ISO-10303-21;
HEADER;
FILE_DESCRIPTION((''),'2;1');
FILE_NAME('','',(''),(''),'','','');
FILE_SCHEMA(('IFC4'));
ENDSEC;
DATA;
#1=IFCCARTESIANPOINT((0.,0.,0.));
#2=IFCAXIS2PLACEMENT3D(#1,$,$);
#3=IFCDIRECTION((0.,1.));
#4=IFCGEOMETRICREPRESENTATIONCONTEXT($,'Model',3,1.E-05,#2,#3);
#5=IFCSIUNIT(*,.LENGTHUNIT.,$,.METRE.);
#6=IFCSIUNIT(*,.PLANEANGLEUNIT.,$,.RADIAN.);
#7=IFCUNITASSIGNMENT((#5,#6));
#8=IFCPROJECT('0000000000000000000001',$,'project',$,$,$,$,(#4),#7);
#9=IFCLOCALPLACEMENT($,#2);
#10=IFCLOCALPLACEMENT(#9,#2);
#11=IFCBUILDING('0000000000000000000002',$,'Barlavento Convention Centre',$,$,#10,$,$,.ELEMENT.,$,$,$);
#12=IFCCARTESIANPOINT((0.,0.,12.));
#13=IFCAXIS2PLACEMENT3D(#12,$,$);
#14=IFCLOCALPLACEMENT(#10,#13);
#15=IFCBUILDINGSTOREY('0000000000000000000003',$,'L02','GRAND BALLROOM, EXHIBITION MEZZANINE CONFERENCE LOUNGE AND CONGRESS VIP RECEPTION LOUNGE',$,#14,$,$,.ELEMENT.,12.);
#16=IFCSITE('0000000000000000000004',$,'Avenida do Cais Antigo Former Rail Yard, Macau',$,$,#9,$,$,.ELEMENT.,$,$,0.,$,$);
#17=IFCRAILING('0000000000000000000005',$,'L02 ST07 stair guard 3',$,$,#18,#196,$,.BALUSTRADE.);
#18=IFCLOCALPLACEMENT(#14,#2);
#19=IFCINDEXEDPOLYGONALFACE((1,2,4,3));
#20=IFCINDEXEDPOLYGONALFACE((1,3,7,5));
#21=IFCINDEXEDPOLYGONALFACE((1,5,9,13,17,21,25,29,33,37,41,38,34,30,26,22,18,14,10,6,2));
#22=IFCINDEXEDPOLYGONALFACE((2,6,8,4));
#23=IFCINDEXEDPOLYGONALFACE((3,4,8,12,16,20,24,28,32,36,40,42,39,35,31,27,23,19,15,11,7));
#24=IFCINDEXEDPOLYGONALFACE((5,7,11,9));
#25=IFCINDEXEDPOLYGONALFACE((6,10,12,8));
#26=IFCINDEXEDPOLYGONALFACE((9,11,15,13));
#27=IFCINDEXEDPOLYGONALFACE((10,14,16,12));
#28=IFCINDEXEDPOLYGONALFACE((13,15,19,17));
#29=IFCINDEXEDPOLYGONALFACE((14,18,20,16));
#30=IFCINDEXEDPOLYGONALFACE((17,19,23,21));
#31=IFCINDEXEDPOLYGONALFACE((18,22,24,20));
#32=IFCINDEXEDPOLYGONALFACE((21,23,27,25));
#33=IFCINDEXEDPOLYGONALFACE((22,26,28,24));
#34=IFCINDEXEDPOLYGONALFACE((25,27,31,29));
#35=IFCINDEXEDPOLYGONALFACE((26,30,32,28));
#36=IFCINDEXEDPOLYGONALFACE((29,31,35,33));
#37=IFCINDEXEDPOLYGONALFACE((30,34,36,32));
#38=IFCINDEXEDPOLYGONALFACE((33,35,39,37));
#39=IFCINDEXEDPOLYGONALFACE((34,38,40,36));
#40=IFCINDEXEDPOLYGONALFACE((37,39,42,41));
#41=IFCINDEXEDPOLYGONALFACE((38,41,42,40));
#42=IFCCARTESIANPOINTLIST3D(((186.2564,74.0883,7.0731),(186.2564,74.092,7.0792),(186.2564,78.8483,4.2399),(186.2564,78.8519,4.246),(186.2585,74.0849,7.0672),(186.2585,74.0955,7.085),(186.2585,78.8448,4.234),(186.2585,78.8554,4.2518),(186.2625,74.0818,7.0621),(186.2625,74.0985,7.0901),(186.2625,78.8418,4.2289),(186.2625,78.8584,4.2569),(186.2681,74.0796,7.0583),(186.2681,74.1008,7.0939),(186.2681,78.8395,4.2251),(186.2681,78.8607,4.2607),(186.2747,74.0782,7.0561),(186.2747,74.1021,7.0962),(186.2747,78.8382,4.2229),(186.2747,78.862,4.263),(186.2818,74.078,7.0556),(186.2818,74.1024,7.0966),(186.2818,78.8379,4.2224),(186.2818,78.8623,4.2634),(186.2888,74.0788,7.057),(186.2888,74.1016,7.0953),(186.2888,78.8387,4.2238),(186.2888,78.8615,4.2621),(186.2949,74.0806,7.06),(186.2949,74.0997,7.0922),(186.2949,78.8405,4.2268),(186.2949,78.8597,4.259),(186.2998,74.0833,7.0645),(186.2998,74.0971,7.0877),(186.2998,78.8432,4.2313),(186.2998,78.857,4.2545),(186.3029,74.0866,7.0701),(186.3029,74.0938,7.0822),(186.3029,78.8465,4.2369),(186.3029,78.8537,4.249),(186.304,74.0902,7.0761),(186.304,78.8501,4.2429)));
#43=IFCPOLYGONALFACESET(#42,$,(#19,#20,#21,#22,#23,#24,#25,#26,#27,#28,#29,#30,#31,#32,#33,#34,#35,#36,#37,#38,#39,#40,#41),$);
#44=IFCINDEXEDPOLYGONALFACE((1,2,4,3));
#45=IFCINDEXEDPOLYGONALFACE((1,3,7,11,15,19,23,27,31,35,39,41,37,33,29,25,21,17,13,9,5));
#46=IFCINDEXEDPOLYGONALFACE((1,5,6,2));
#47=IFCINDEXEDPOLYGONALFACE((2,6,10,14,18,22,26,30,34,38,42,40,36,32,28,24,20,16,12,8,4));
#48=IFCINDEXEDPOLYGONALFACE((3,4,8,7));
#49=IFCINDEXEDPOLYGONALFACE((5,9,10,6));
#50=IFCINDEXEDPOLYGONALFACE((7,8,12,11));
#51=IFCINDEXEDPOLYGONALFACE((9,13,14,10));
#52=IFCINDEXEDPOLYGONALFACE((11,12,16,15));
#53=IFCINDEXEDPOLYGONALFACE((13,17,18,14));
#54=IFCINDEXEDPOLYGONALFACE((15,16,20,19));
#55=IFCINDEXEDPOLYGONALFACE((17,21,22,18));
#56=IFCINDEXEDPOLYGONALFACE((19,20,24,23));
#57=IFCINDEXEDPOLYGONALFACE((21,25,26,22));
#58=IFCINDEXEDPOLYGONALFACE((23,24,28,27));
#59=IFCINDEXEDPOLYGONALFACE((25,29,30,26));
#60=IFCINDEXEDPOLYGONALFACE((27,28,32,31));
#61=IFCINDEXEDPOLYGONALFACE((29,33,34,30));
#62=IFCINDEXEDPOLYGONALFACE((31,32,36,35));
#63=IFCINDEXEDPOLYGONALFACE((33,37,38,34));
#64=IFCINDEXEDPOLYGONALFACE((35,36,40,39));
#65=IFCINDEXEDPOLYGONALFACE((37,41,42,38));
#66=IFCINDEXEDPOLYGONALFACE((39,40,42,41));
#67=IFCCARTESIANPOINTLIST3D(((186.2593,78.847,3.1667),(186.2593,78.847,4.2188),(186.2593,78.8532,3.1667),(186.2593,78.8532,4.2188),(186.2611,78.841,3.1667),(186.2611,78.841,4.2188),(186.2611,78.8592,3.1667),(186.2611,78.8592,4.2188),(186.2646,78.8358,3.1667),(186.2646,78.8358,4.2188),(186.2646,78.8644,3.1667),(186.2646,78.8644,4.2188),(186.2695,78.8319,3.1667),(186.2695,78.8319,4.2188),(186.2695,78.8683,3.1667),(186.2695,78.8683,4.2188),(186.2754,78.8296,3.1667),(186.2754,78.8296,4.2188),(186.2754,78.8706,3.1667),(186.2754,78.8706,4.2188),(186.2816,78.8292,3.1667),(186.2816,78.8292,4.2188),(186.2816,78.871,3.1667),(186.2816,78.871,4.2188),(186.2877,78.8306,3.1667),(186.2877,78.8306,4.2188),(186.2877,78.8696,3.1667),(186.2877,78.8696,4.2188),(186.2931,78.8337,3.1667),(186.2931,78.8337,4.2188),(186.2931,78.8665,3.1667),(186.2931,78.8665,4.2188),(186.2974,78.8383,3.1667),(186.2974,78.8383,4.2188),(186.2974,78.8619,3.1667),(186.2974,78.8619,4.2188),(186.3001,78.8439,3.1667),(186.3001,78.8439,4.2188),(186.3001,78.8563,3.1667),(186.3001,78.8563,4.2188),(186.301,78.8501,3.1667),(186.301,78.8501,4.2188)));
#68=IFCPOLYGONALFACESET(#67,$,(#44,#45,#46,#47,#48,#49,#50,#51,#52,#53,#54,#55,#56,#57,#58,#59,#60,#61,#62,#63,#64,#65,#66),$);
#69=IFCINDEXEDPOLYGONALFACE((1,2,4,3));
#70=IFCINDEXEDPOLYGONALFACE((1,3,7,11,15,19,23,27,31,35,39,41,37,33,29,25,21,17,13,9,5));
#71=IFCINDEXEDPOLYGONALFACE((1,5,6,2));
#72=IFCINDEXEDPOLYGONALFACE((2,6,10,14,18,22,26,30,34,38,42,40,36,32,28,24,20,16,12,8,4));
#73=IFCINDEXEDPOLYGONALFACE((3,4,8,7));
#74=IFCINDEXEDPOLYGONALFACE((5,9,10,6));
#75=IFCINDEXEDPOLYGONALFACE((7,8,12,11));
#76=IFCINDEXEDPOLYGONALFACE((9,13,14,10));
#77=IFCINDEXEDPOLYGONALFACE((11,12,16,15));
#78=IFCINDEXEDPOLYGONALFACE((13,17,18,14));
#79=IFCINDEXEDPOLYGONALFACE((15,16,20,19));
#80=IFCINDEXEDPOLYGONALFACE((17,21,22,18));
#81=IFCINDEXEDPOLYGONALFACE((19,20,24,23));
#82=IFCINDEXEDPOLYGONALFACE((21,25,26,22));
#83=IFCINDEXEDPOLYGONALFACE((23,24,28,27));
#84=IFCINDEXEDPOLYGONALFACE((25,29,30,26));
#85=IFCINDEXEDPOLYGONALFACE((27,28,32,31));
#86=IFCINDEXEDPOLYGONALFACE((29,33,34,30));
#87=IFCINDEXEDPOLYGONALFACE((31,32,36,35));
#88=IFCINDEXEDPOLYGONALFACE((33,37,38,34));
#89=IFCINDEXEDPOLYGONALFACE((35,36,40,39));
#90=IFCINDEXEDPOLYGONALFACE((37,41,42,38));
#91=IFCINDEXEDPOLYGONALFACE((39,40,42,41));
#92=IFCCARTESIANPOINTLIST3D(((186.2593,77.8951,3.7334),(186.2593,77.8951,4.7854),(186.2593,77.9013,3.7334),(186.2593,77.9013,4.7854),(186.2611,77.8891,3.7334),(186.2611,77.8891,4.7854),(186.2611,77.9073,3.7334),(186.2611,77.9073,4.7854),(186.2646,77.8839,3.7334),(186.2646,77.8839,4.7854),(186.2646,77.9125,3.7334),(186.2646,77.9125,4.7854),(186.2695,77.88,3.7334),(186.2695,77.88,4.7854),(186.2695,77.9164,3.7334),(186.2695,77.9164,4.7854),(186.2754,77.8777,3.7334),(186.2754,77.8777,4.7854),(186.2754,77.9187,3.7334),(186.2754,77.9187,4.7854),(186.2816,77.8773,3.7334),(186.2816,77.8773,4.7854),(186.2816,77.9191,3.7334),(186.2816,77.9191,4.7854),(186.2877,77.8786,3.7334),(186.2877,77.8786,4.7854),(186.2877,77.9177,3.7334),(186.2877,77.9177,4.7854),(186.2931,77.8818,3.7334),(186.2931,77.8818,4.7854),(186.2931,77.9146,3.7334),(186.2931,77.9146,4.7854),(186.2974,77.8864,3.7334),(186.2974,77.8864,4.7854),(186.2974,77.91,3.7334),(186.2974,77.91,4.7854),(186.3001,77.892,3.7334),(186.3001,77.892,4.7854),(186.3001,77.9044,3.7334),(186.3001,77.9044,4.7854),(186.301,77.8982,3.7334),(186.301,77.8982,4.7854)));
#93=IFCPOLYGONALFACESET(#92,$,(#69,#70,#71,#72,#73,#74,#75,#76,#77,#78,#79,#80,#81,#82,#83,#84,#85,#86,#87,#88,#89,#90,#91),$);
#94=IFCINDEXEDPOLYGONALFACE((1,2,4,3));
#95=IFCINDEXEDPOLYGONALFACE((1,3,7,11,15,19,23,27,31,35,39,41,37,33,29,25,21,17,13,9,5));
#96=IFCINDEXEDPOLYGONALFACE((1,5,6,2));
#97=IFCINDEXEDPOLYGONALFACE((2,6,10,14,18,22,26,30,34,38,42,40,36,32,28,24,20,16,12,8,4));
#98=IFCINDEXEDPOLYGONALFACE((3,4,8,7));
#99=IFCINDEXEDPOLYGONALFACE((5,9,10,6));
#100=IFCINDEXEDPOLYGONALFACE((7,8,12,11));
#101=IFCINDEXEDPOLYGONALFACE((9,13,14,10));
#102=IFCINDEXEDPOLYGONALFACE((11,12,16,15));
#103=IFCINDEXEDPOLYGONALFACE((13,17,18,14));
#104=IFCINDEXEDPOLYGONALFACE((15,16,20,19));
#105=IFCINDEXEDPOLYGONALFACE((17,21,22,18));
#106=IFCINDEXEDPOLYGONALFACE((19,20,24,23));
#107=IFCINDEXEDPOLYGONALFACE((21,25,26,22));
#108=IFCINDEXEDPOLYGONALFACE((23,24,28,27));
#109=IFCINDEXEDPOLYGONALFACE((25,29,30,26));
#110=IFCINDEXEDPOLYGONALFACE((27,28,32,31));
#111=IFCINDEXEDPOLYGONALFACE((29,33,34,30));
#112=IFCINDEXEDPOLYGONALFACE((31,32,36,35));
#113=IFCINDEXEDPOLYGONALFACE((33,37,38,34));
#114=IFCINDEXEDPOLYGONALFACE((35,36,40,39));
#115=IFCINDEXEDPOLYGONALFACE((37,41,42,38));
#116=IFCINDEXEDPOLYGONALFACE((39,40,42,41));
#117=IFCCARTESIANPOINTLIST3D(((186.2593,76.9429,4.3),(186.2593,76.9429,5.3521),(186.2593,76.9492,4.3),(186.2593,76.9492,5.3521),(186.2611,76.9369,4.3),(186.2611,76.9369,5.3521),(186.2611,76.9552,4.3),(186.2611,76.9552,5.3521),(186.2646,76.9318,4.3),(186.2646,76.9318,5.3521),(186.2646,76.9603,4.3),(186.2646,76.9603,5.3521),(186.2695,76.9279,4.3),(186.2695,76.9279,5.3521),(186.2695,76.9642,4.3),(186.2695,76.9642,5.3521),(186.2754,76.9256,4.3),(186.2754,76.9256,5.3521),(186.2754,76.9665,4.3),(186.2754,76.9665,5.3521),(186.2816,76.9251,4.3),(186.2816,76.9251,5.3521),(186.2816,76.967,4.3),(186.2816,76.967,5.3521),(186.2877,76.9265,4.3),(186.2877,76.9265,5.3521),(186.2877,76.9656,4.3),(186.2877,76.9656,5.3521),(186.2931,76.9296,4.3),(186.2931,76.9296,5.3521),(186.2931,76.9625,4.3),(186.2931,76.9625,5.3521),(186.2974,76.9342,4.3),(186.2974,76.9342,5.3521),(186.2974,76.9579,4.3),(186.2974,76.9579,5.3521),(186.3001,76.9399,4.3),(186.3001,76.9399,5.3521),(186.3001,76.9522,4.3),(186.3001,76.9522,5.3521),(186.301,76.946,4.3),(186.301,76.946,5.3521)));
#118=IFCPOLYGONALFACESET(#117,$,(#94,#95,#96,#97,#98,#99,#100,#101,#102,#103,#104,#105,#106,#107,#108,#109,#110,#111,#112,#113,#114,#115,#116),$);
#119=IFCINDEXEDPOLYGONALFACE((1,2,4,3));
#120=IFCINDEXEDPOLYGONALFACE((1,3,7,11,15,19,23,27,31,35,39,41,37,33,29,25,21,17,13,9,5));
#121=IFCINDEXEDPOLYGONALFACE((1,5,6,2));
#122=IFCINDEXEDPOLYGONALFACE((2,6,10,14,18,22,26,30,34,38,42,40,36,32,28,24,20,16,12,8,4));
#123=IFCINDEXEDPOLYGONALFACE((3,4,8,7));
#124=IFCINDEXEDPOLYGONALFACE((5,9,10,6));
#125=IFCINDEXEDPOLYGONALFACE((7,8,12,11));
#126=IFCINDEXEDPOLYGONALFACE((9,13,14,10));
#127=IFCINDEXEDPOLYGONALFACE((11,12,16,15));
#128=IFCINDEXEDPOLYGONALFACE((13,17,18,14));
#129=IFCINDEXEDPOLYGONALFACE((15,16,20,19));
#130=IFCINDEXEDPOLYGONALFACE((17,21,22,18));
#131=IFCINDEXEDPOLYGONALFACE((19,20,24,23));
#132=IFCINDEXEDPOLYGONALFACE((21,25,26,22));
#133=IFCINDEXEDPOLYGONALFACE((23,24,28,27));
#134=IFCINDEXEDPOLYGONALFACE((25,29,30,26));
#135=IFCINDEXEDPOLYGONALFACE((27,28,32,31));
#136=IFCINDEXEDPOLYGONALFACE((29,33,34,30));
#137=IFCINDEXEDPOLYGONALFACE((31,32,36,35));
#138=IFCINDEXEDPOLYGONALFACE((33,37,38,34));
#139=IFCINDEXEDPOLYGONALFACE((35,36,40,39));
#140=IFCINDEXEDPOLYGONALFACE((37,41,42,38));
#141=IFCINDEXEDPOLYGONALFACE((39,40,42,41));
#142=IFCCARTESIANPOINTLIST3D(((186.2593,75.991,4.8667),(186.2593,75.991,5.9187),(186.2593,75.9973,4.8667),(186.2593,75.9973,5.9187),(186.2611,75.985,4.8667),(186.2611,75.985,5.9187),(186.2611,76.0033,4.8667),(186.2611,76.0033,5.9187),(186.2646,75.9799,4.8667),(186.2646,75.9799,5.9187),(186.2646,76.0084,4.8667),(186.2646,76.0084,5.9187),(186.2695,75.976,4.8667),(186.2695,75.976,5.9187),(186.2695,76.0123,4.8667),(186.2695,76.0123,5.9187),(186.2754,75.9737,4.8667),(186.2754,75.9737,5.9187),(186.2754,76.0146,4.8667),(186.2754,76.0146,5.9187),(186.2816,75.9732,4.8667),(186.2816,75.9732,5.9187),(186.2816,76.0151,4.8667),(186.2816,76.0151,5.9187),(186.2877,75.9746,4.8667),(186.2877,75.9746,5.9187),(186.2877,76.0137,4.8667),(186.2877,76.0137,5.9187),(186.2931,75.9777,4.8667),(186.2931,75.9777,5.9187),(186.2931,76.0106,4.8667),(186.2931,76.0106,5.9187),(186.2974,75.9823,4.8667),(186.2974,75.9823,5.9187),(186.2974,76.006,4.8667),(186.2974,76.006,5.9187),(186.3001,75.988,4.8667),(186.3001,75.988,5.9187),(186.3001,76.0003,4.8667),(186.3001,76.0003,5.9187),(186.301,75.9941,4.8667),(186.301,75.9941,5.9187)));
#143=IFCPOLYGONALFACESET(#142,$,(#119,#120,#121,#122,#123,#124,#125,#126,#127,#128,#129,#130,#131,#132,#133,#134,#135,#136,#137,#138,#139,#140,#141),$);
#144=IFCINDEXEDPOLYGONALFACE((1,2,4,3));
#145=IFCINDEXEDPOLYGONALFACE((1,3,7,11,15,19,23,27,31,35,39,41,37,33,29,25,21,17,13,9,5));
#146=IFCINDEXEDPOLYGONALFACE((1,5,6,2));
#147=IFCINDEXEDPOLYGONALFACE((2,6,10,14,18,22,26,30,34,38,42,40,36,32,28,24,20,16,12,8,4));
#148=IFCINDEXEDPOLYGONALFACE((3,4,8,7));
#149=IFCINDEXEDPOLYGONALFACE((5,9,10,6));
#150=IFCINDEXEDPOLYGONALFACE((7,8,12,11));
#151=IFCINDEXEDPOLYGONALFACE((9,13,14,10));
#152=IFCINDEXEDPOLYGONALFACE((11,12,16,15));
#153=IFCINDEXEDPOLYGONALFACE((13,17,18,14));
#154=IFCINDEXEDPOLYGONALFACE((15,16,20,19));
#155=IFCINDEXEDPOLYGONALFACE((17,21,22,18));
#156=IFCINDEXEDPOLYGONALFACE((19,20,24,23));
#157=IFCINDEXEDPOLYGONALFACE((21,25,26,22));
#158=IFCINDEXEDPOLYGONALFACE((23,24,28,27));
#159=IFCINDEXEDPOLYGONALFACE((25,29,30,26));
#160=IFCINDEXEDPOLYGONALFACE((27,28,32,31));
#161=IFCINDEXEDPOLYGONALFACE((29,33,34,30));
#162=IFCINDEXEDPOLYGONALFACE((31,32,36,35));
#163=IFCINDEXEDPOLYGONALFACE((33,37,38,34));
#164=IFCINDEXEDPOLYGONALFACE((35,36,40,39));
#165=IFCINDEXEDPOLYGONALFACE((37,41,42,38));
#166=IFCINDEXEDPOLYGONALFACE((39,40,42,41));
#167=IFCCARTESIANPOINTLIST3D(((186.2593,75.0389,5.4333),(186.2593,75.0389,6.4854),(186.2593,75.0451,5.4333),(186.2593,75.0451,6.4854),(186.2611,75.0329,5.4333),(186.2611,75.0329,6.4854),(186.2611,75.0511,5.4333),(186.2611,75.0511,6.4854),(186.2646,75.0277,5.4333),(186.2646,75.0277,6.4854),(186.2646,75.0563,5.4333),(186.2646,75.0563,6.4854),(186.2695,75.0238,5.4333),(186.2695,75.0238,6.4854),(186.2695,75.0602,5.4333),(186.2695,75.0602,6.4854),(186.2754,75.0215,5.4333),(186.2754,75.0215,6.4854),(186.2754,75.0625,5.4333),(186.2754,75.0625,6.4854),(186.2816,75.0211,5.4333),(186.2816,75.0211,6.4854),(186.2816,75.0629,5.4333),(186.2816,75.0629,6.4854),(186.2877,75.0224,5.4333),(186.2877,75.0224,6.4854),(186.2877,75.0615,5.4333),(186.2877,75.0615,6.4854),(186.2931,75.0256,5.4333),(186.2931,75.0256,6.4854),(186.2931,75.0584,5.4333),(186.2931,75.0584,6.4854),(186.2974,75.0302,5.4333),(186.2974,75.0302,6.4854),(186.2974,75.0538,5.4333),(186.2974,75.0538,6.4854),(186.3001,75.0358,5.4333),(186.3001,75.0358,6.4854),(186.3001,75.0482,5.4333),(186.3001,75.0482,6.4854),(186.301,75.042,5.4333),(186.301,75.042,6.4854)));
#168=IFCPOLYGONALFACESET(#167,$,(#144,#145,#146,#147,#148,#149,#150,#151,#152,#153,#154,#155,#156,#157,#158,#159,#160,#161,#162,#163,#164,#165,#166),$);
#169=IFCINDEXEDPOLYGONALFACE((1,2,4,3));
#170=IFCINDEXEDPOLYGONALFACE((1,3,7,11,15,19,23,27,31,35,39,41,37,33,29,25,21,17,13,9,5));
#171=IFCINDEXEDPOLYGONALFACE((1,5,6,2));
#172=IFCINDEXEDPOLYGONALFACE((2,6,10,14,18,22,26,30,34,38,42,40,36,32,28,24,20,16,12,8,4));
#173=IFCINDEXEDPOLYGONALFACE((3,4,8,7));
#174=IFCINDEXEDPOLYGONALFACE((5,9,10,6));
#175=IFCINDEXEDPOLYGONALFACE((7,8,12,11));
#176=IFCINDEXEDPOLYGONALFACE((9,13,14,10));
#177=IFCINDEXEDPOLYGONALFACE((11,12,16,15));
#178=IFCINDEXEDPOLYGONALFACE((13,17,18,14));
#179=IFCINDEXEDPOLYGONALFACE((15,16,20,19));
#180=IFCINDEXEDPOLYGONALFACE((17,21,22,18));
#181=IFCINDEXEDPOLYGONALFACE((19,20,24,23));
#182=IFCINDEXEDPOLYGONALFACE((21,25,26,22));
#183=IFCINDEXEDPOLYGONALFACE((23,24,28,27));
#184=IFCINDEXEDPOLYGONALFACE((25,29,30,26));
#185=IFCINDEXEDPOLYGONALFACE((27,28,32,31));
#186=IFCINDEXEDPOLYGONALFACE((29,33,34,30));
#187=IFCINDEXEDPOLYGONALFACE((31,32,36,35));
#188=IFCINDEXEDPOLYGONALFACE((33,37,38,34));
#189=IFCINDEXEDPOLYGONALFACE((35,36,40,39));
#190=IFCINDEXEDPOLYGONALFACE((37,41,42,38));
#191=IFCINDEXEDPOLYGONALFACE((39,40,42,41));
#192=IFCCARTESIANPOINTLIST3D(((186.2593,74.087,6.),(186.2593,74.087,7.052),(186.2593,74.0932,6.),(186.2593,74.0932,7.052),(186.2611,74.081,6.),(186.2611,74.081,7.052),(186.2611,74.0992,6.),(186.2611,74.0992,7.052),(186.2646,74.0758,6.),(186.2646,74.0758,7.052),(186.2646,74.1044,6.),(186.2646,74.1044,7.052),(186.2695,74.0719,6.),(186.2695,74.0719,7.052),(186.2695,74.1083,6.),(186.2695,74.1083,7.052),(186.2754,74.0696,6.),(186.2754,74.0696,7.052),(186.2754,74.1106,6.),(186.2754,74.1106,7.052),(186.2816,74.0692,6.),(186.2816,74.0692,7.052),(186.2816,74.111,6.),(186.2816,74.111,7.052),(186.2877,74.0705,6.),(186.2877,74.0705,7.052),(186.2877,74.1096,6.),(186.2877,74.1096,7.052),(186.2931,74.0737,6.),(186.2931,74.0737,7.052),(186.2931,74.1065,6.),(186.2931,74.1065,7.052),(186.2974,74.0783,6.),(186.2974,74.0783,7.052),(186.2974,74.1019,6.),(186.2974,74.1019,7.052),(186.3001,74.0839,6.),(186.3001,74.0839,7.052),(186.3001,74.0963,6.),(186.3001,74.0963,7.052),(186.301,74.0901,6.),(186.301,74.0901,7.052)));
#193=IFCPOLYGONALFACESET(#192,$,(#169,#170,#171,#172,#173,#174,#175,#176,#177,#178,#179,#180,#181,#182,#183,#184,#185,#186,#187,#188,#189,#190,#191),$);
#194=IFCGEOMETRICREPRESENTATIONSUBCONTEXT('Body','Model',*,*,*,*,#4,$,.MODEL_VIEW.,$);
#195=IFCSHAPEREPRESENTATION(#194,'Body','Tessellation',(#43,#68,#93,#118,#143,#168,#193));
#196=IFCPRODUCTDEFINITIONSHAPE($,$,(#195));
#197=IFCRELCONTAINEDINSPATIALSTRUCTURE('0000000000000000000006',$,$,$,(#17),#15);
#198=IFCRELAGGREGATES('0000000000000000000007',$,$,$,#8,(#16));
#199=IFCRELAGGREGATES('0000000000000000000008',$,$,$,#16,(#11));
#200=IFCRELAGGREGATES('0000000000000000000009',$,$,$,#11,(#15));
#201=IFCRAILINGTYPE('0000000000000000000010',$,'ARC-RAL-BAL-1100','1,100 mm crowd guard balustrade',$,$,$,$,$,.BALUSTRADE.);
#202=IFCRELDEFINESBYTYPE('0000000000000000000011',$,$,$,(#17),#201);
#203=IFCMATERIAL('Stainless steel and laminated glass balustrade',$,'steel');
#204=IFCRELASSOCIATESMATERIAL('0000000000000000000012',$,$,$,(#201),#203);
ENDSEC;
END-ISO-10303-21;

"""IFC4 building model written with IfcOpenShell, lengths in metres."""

from ifc_helpers import new_model, si_unit, direction, frame, origin, origin_2d, place, context, subcontext, project, spatial, circle, extrude, material, type_object, element, save


model = new_model("IFC4")

# Units and contexts
model_context = context("Model", 3, precision=1e-05, world=origin(), true_north=direction((0.0, 1.0)))
body_context = subcontext(model_context, "Body", "Model", "MODEL_VIEW")
ifc_project = project(units=[si_unit("LENGTHUNIT", "METRE"), si_unit("PLANEANGLEUNIT", "RADIAN")], contexts=[model_context])

# Site, building, storey
site_placement = place(None, origin())
site = spatial("IfcSite", under=ifc_project, at=site_placement, Name="Avenida do Cais Antigo Former Rail Yard, Macau", CompositionType="ELEMENT", RefElevation=0.0)
building_placement = place(site_placement, origin())
building = spatial("IfcBuilding", under=site, at=building_placement, Name="Barlavento Convention Centre", CompositionType="ELEMENT")
storey_placement = place(building_placement, frame((0.0, 0.0, 12.0)))
storey = spatial("IfcBuildingStorey", under=building, at=storey_placement, Name="L02", Description="GRAND BALLROOM, EXHIBITION MEZZANINE CONFERENCE LOUNGE AND CONGRESS VIP RECEPTION LOUNGE", CompositionType="ELEMENT", Elevation=12.0)

# Railing
ifc_material_1 = material(Name="Stainless steel and laminated glass balustrade", Category="steel")
railing_type_1 = type_object("IfcRailingType", Name="ARC-RAL-BAL-1100", Description="1,100 mm crowd guard balustrade", PredefinedType="BALUSTRADE", material=ifc_material_1)
railing_1_placement = place(storey_placement, frame((186.28, 78.8501, 3.1667)))
element("IfcRailing", 1, at=railing_1_placement, inside=storey, type_object=railing_type_1, Name="L02 ST07 stair guard 3", PredefinedType="BALUSTRADE", context=body_context, shape_type="SweptSolid", body=[
    extrude(circle(Radius=0.0239, at=origin_2d()), frame((0.0, 0.0, 1.0762), z_axis=(0.0, -0.8593, 0.511472), x_axis=(1.0, 0.0, 0.0)), (0.0, 0.0, 1.0), 5.5393),
    extrude(circle(Radius=0.021, at=origin_2d()), origin(), (0.0, 0.0, 1.0), 1.052),
    extrude(circle(Radius=0.021, at=origin_2d()), frame((0.0, -0.9519, 0.5667)), (0.0, 0.0, 1.0), 1.052),
    extrude(circle(Radius=0.021, at=origin_2d()), frame((0.0, -1.9041, 1.1333)), (0.0, 0.0, 1.0), 1.052),
    extrude(circle(Radius=0.021, at=origin_2d()), frame((0.0, -2.856, 1.7)), (0.0, 0.0, 1.0), 1.052),
    extrude(circle(Radius=0.021, at=origin_2d()), frame((0.0, -3.8081, 2.2666)), (0.0, 0.0, 1.0), 1.052),
    extrude(circle(Radius=0.021, at=origin_2d()), frame((0.0, -4.76, 2.8333)), (0.0, 0.0, 1.0), 1.052),
])

save(model, "model.ifc")
